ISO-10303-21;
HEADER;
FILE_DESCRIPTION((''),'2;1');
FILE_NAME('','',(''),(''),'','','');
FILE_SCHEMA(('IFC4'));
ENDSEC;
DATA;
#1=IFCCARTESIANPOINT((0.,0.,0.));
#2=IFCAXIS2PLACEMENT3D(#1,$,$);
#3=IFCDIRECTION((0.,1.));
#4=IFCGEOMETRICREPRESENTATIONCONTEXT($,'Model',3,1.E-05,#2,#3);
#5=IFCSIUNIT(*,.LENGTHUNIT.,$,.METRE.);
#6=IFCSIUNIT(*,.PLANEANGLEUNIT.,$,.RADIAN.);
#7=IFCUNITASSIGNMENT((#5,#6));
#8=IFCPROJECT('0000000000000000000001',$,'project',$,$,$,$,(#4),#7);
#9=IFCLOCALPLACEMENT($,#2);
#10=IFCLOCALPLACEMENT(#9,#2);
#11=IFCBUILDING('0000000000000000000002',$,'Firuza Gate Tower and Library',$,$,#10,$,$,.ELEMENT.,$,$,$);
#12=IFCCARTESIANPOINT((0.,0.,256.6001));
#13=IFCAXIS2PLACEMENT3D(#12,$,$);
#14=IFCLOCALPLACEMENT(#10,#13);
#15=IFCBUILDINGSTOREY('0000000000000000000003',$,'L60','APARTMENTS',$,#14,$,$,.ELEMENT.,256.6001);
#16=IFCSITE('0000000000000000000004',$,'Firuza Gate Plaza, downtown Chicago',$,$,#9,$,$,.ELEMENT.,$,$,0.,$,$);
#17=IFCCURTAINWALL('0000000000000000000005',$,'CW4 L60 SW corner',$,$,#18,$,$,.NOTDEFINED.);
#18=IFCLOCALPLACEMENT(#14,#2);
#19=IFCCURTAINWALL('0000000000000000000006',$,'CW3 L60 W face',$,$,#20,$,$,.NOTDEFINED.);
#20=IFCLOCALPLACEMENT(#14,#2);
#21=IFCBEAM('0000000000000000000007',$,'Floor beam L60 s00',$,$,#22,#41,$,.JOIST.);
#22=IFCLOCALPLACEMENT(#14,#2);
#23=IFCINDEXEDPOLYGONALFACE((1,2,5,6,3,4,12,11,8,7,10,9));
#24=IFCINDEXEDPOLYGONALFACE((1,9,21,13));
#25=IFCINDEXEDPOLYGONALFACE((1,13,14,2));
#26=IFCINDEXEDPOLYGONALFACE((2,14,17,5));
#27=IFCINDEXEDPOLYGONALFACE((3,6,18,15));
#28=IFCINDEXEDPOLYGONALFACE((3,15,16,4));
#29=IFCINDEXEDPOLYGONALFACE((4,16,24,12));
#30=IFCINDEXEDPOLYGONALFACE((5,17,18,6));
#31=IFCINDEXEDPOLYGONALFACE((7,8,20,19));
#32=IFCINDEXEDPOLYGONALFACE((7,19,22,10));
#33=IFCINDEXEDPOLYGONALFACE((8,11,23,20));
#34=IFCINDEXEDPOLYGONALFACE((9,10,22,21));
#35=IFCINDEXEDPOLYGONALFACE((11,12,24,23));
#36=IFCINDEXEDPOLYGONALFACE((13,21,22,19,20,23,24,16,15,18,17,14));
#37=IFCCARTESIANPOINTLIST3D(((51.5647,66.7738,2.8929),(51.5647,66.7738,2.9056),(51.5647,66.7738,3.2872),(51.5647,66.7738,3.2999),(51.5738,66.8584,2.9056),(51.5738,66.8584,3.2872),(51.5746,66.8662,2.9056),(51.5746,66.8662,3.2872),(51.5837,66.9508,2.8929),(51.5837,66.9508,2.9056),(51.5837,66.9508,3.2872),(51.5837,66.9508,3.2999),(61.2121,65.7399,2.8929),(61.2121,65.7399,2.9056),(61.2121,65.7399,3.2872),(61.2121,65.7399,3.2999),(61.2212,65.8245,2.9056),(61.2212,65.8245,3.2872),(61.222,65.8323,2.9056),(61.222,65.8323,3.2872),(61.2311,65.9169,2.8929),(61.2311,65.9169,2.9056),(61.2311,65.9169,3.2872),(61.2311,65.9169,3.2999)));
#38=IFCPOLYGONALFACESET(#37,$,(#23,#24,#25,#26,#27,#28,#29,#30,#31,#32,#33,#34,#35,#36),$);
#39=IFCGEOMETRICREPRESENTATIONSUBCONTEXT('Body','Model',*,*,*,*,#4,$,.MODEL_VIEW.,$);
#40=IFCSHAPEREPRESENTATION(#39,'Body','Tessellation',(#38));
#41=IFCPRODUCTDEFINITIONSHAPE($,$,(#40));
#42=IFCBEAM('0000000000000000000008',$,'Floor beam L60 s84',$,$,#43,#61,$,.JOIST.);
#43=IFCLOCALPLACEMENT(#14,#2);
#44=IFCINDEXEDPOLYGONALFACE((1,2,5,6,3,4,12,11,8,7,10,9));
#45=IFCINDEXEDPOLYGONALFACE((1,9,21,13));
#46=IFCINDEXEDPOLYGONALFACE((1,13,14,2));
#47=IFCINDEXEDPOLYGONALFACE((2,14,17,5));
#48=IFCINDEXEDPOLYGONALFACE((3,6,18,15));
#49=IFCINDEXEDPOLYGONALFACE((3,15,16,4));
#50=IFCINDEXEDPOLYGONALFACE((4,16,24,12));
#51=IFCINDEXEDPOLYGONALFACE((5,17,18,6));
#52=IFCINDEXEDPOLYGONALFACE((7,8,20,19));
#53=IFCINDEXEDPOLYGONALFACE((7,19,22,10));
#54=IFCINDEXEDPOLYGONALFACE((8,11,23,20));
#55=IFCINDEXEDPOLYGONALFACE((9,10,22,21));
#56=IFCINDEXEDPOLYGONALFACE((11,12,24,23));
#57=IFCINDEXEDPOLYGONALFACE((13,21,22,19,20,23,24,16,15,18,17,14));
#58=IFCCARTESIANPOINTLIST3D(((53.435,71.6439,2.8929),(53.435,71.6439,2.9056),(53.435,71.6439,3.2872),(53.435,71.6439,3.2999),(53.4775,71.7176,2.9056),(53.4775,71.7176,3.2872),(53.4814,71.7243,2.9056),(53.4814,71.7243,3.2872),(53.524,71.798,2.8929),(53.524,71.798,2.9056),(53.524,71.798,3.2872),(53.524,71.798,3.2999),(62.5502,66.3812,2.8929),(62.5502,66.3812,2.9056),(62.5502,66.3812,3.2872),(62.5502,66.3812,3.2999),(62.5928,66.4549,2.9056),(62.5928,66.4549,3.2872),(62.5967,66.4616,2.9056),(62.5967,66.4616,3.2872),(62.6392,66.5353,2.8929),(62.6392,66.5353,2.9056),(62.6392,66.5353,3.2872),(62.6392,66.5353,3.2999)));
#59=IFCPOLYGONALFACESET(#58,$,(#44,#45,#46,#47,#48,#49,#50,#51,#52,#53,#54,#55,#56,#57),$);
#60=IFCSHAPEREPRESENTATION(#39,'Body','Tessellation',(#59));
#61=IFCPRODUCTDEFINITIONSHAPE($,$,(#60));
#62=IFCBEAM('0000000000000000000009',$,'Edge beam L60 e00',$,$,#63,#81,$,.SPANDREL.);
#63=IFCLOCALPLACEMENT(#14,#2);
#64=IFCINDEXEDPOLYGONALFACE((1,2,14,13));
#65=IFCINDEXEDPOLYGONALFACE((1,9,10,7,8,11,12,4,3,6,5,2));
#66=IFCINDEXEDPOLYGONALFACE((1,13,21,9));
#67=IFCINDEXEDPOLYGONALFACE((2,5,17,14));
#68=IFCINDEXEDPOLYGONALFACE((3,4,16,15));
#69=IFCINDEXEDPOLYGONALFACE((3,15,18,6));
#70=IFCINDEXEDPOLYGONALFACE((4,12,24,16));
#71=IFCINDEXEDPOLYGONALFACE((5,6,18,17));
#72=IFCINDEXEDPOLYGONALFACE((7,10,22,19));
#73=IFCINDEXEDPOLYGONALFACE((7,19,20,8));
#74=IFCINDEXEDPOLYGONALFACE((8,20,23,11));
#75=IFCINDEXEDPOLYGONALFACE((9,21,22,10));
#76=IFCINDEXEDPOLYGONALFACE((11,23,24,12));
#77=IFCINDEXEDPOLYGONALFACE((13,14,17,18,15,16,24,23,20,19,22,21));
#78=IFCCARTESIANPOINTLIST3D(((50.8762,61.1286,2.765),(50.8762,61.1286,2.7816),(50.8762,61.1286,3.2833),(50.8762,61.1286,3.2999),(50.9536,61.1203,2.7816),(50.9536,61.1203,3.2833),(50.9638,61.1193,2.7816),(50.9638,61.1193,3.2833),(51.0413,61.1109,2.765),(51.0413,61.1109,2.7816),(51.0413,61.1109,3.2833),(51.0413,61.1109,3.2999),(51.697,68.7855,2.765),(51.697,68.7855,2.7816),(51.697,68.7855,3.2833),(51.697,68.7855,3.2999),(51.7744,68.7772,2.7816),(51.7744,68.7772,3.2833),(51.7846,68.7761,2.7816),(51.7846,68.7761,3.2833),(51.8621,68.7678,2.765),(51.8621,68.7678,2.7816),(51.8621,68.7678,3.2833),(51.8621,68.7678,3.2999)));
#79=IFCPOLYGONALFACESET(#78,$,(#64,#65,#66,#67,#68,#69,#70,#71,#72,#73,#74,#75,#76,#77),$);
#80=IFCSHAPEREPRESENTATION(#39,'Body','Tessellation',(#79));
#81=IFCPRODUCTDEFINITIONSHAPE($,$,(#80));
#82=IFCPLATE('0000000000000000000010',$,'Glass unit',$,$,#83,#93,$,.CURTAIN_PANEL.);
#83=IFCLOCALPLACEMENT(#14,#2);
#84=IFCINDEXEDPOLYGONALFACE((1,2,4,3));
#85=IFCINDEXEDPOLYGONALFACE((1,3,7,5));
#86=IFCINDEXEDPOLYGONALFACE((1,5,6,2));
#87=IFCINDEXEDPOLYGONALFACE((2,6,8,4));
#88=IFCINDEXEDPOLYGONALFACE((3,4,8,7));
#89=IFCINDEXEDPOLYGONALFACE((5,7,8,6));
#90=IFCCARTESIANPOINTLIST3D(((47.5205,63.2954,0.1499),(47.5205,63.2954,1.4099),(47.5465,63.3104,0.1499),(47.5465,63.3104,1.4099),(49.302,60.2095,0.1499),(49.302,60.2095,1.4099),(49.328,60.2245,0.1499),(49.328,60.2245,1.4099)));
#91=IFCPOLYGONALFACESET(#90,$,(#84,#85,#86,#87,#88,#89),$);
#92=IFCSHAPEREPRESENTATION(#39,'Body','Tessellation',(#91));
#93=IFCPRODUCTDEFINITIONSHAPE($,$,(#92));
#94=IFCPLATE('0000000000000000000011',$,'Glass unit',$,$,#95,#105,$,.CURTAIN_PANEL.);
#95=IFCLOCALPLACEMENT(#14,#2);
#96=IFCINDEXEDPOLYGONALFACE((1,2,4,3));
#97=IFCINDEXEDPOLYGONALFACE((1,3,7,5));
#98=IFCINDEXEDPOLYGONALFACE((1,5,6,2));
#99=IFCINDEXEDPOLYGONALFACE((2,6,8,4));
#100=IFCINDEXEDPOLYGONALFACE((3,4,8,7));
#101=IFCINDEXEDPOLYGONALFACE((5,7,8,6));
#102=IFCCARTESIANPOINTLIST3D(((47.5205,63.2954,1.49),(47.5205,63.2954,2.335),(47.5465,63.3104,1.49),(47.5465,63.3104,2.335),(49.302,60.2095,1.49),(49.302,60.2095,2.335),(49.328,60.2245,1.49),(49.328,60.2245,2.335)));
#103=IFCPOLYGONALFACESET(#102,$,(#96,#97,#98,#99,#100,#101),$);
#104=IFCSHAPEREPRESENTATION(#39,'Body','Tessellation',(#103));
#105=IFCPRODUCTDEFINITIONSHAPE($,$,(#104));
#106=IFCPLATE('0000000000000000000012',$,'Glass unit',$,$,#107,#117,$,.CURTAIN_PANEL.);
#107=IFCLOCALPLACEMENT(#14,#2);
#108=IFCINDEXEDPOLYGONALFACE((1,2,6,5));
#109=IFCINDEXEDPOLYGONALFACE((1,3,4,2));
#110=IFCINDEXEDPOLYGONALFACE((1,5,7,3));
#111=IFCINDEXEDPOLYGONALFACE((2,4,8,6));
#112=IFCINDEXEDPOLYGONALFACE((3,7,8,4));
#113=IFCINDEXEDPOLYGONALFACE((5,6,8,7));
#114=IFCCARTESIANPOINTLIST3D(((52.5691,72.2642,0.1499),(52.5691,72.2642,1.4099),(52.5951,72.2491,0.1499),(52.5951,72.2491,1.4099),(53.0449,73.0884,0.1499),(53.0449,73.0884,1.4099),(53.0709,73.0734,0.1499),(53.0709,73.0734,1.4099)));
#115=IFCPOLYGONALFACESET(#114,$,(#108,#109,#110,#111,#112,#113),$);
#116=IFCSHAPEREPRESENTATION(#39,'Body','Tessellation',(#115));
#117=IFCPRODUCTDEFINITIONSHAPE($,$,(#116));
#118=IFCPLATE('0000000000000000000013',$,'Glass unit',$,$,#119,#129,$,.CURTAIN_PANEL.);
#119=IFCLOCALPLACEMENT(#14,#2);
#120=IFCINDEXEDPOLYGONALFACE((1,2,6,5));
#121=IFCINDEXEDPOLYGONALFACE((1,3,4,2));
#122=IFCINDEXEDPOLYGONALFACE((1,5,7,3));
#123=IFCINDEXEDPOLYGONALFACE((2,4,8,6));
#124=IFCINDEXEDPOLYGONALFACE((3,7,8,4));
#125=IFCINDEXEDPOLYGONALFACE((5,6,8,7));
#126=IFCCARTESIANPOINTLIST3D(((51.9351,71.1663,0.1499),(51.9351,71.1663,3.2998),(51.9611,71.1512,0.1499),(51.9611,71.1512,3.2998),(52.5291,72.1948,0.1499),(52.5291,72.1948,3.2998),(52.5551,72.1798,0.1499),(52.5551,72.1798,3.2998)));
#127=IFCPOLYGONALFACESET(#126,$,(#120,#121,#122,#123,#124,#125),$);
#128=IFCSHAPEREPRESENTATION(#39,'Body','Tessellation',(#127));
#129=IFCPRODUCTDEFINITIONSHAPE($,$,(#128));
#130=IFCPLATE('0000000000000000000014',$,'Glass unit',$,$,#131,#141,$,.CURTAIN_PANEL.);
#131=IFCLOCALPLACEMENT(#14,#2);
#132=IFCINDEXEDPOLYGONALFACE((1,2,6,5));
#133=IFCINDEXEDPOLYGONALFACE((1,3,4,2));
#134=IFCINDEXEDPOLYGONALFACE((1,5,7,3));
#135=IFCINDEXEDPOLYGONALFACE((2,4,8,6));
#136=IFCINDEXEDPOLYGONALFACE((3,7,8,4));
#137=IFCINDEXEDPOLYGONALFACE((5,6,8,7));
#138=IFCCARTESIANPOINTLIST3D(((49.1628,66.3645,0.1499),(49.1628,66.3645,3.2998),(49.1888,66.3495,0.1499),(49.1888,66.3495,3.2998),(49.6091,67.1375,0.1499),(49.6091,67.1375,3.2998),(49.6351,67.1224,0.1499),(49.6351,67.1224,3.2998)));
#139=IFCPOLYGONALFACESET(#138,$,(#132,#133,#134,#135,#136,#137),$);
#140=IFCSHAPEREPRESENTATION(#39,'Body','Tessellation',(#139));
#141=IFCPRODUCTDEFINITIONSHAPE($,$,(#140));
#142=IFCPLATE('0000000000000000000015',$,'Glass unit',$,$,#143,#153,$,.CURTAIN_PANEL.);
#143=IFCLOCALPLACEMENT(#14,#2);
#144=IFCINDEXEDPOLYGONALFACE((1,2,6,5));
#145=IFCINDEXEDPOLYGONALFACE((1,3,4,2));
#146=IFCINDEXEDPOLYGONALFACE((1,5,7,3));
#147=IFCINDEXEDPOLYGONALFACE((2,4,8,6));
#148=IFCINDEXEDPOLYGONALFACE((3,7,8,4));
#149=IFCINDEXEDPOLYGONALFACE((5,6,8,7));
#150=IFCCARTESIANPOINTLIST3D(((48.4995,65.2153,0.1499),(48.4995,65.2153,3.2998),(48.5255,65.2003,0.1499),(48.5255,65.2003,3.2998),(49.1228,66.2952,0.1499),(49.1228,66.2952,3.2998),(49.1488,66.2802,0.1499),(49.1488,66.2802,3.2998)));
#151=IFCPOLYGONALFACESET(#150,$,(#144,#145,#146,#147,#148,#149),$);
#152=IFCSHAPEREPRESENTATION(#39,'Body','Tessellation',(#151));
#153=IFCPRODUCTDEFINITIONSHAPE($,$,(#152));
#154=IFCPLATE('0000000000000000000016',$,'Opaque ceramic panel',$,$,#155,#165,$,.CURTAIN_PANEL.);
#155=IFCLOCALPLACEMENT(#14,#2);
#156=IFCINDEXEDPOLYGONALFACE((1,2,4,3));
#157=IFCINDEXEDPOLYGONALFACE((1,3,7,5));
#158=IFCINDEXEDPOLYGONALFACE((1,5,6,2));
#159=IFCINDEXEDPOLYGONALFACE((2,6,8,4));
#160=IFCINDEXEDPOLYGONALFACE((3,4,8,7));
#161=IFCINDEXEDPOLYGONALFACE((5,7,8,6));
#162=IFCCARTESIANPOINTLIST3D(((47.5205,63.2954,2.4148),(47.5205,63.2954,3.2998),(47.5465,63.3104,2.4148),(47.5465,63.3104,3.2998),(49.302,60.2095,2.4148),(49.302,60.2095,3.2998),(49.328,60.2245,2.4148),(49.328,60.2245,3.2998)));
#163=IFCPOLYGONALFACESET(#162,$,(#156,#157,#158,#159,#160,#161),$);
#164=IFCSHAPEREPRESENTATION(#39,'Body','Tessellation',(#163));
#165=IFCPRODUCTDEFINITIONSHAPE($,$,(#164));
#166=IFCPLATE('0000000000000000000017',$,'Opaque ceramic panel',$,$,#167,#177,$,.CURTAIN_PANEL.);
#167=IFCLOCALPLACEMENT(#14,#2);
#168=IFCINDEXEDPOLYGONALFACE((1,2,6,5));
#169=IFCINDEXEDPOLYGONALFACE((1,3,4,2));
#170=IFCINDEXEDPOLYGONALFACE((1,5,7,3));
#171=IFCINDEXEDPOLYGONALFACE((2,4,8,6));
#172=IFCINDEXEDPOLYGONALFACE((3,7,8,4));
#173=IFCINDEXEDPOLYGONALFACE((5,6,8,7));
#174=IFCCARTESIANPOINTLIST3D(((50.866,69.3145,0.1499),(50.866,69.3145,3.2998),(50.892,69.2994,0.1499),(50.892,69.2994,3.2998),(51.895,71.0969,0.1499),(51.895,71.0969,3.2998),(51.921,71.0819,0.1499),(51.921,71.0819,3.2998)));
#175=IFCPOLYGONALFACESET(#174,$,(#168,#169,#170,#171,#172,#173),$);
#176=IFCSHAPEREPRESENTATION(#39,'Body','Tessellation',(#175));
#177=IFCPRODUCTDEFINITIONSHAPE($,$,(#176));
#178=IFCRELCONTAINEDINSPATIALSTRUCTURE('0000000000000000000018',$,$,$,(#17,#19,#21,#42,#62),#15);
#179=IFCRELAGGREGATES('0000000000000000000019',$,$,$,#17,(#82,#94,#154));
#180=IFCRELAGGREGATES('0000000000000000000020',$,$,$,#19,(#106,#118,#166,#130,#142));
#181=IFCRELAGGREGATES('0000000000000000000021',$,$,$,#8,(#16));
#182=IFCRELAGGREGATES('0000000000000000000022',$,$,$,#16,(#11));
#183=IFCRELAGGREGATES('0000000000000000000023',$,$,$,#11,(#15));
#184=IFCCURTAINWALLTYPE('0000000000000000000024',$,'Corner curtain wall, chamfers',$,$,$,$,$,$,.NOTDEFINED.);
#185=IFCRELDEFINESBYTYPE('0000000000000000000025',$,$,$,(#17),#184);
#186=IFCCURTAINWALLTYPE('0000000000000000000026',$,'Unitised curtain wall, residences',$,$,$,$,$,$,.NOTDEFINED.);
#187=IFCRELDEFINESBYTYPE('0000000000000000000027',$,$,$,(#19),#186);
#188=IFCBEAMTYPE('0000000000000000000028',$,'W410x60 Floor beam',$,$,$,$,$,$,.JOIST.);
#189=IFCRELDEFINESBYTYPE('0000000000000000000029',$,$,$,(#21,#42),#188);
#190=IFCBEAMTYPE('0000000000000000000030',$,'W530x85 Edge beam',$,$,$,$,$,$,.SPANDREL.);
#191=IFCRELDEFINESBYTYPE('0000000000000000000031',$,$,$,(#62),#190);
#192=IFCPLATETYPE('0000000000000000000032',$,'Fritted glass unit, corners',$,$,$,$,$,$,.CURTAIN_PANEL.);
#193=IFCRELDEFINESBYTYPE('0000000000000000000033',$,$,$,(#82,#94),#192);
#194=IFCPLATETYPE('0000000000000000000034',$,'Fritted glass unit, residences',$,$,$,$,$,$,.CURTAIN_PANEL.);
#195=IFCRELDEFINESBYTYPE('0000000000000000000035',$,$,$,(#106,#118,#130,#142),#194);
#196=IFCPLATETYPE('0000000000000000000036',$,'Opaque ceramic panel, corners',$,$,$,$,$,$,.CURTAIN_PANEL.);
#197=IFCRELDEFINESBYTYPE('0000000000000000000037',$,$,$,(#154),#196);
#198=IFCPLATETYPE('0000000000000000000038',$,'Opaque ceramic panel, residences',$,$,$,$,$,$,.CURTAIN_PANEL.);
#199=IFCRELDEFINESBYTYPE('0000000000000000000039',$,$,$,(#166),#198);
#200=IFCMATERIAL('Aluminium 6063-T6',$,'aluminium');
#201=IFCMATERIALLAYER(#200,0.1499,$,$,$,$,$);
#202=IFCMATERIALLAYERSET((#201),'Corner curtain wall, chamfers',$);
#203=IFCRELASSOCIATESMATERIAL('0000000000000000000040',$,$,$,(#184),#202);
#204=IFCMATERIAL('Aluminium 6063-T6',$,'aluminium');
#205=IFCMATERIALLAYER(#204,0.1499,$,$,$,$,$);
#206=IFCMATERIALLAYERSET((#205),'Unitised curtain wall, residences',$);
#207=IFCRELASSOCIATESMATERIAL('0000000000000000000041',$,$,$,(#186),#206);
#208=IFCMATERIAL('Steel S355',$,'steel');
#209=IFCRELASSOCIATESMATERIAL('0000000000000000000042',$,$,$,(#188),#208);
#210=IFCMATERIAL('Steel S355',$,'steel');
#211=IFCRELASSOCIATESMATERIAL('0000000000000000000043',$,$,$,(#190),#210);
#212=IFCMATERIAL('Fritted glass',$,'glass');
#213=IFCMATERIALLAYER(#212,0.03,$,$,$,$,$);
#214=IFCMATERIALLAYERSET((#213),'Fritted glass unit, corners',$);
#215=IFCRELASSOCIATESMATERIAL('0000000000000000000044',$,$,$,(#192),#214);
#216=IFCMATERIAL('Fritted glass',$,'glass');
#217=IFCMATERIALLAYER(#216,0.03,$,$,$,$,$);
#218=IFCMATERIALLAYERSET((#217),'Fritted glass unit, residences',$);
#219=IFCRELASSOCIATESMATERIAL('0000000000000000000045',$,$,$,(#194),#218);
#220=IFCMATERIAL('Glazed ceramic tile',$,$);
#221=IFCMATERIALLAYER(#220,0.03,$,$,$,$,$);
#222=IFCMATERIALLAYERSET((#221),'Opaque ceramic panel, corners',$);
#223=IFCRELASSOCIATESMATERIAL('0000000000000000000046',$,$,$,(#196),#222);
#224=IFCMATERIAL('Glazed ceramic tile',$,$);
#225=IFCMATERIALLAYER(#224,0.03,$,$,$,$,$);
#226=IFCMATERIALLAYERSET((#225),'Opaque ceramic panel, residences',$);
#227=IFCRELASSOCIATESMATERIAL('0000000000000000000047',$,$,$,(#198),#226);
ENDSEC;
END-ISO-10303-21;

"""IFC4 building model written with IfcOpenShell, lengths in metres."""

from ifc_helpers import new_model, si_unit, direction, frame, origin, origin_2d, place, context, subcontext, project, spatial, polyline, i_section, outline, extrude, material, layer, layer_set, material_profile, profile_set, type_object, element, aggregate, save


model = new_model("IFC4")

# Units and contexts
model_context = context("Model", 3, precision=1e-05, world=origin(), true_north=direction((0.0, 1.0)))
body_context = subcontext(model_context, "Body", "Model", "MODEL_VIEW")
ifc_project = project(units=[si_unit("LENGTHUNIT", "METRE"), si_unit("PLANEANGLEUNIT", "RADIAN")], contexts=[model_context])

# Site, building, storey
site_placement = place(None, origin())
site = spatial("IfcSite", under=ifc_project, at=site_placement, Name="Firuza Gate Plaza, downtown Chicago", CompositionType="ELEMENT", RefElevation=0.0)
building_placement = place(site_placement, origin())
building = spatial("IfcBuilding", under=site, at=building_placement, Name="Firuza Gate Tower and Library", CompositionType="ELEMENT")
storey_placement = place(building_placement, frame((0.0, 0.0, 256.6001)))
storey = spatial("IfcBuildingStorey", under=building, at=storey_placement, Name="L60", Description="APARTMENTS", CompositionType="ELEMENT", Elevation=256.6001)

# Curtain wall
ifc_material_1 = material(Name="Aluminium 6063-T6", Category="aluminium")
ifc_layer_1 = layer(ifc_material_1, 0.1499)
ifc_layer_set_1 = layer_set([ifc_layer_1], Name="Corner curtain wall, chamfers")
curtain_wall_type_1 = type_object("IfcCurtainWallType", Name="Corner curtain wall, chamfers", PredefinedType="NOTDEFINED", material=ifc_layer_set_1)
placement = place(storey_placement, origin())
curtain_wall_1 = element("IfcCurtainWall", 1, at=placement, inside=storey, type_object=curtain_wall_type_1, Name="CW4 L60 SW corner", PredefinedType="NOTDEFINED")

# Curtain wall
ifc_material_2 = material(Name="Aluminium 6063-T6", Category="aluminium")
ifc_layer_2 = layer(ifc_material_2, 0.1499)
ifc_layer_set_2 = layer_set([ifc_layer_2], Name="Unitised curtain wall, residences")
curtain_wall_type_2 = type_object("IfcCurtainWallType", Name="Unitised curtain wall, residences", PredefinedType="NOTDEFINED", material=ifc_layer_set_2)
curtain_wall_2 = element("IfcCurtainWall", 2, at=placement, inside=storey, type_object=curtain_wall_type_2, Name="CW3 L60 W face", PredefinedType="NOTDEFINED")

# Beams
ifc_material_3 = material(Name="Steel S355", Category="steel")
ifc_material_profile_1 = material_profile(ifc_material_3, i_section(OverallWidth=0.178, OverallDepth=0.407, WebThickness=0.0078, FlangeThickness=0.0127, at=origin_2d()))
ifc_profile_set_1 = profile_set([ifc_material_profile_1], Name="Steel S355")
beam_type_1 = type_object("IfcBeamType", Name="W410x60 Floor beam", PredefinedType="JOIST", material=ifc_profile_set_1)
beam_1_placement = place(storey_placement, frame((51.5742, 66.8623, 3.0964), z_axis=(0.994306, -0.106562, 0.0), x_axis=(0.106562, 0.994306, 0.0)))
element("IfcBeam", 3, at=beam_1_placement, inside=storey, type_object=beam_type_1, Name="Floor beam L60 s00", PredefinedType="JOIST", context=body_context, shape_type="SweptSolid", body=[
    extrude(i_section(OverallWidth=0.178, OverallDepth=0.407, WebThickness=0.0078, FlangeThickness=0.0127, at=origin_2d()), origin(), (0.0, 0.0, 1.0), 9.7026),
])
beam_2_placement = place(storey_placement, frame((53.4795, 71.7209, 3.0964), z_axis=(0.866025, -0.500001, 0.0), x_axis=(0.500001, 0.866025, 0.0)))
element("IfcBeam", 4, at=beam_2_placement, inside=storey, type_object=beam_type_1, Name="Floor beam L60 s84", PredefinedType="JOIST", context=body_context, shape_type="SweptSolid", body=[
    extrude(i_section(OverallWidth=0.178, OverallDepth=0.407, WebThickness=0.0078, FlangeThickness=0.0127, at=origin_2d()), origin(), (0.0, 0.0, 1.0), 10.5254),
])
ifc_material_4 = material(Name="Steel S355", Category="steel")
ifc_material_profile_2 = material_profile(ifc_material_4, i_section(OverallWidth=0.166, OverallDepth=0.5349, WebThickness=0.0103, FlangeThickness=0.0166, at=origin_2d()))
ifc_profile_set_2 = profile_set([ifc_material_profile_2], Name="Steel S355")
beam_type_2 = type_object("IfcBeamType", Name="W530x85 Edge beam", PredefinedType="SPANDREL", material=ifc_profile_set_2)
beam_3_placement = place(storey_placement, frame((51.7795, 68.7766, 3.0325), z_axis=(-0.106589, -0.994303, 0.0), x_axis=(0.994303, -0.106589, 0.0)))
element("IfcBeam", 5, at=beam_3_placement, inside=storey, type_object=beam_type_2, Name="Edge beam L60 e00", PredefinedType="SPANDREL", context=body_context, shape_type="SweptSolid", body=[
    extrude(i_section(OverallWidth=0.166, OverallDepth=0.5349, WebThickness=0.0103, FlangeThickness=0.0166, at=origin_2d()), origin(), (0.0, 0.0, 1.0), 7.7007),
])

# Plates
ifc_material_5 = material(Name="Fritted glass", Category="glass")
ifc_layer_3 = layer(ifc_material_5, 0.03)
ifc_layer_set_3 = layer_set([ifc_layer_3], Name="Fritted glass unit, corners")
plate_type_1 = type_object("IfcPlateType", Name="Fritted glass unit, corners", PredefinedType="CURTAIN_PANEL", material=ifc_layer_set_3)
plate_1_placement = place(storey_placement, frame((47.5205, 63.2954, 0.1499), z_axis=(-0.866046, -0.499964, 0.0), x_axis=(0.499964, -0.866046, 0.0)))
plate_1 = element("IfcPlate", 6, at=plate_1_placement, type_object=plate_type_1, Name="Glass unit", PredefinedType="CURTAIN_PANEL", context=body_context, shape_type="SweptSolid", body=[
    extrude(outline(polyline([(0.0, 0.0), (3.5632, 0.0), (3.5632, 1.26), (0.0, 1.26), (0.0, 0.0)])), origin(), (0.0, 0.0, -1.0), 0.03),
])
plate_2_placement = place(storey_placement, frame((47.5205, 63.2954, 1.49), z_axis=(-0.866046, -0.499964, 0.0), x_axis=(0.499964, -0.866046, 0.0)))
plate_2 = element("IfcPlate", 7, at=plate_2_placement, type_object=plate_type_1, Name="Glass unit", PredefinedType="CURTAIN_PANEL", context=body_context, shape_type="SweptSolid", body=[
    extrude(outline(polyline([(0.0, 0.0), (3.5632, 0.0), (3.5632, 0.845), (0.0, 0.845), (0.0, 0.0)])), origin(), (0.0, 0.0, -1.0), 0.03),
])
ifc_material_6 = material(Name="Fritted glass", Category="glass")
ifc_layer_4 = layer(ifc_material_6, 0.03)
ifc_layer_set_4 = layer_set([ifc_layer_4], Name="Fritted glass unit, residences")
plate_type_2 = type_object("IfcPlateType", Name="Fritted glass unit, residences", PredefinedType="CURTAIN_PANEL", material=ifc_layer_set_4)
plate_3_placement = place(storey_placement, frame((53.0449, 73.0884, 0.1499), z_axis=(-0.86604, 0.499974, 0.0), x_axis=(-0.499974, -0.86604, 0.0)))
plate_3 = element("IfcPlate", 8, at=plate_3_placement, type_object=plate_type_2, Name="Glass unit", PredefinedType="CURTAIN_PANEL", context=body_context, shape_type="SweptSolid", body=[
    extrude(outline(polyline([(0.0, 0.0), (0.9517, 0.0), (0.9517, 1.26), (0.0, 1.26), (0.0, 0.0)])), origin(), (0.0, 0.0, -1.0), 0.03),
])
plate_4_placement = place(storey_placement, frame((52.5291, 72.1948, 0.1499), z_axis=(-0.86597, 0.500096, 0.0), x_axis=(-0.500096, -0.86597, 0.0)))
plate_4 = element("IfcPlate", 9, at=plate_4_placement, type_object=plate_type_2, Name="Glass unit", PredefinedType="CURTAIN_PANEL", context=body_context, shape_type="SweptSolid", body=[
    extrude(outline(polyline([(0.0, 0.0), (1.1878, 0.0), (1.1878, 3.1499), (0.0, 3.1499), (0.0, 0.0)])), origin(), (0.0, 0.0, -1.0), 0.03),
])
plate_5_placement = place(storey_placement, frame((49.6091, 67.1375, 0.1499), z_axis=(-0.866012, 0.500022, 0.0), x_axis=(-0.500022, -0.866012, 0.0)))
plate_5 = element("IfcPlate", 10, at=plate_5_placement, type_object=plate_type_2, Name="Glass unit", PredefinedType="CURTAIN_PANEL", context=body_context, shape_type="SweptSolid", body=[
    extrude(outline(polyline([(0.0, 0.0), (0.8925, 0.0), (0.8925, 3.1499), (0.0, 3.1499), (0.0, 0.0)])), origin(), (0.0, 0.0, -1.0), 0.03),
])
plate_6_placement = place(storey_placement, frame((49.1228, 66.2952, 0.1499), z_axis=(-0.866078, 0.499909, 0.0), x_axis=(-0.499909, -0.866078, 0.0)))
plate_6 = element("IfcPlate", 11, at=plate_6_placement, type_object=plate_type_2, Name="Glass unit", PredefinedType="CURTAIN_PANEL", context=body_context, shape_type="SweptSolid", body=[
    extrude(outline(polyline([(0.0, 0.0), (1.2468, 0.0), (1.2468, 3.1499), (0.0, 3.1499), (0.0, 0.0)])), origin(), (0.0, 0.0, -1.0), 0.03),
])
ifc_material_7 = material(Name="Glazed ceramic tile")
ifc_layer_5 = layer(ifc_material_7, 0.03)
ifc_layer_set_5 = layer_set([ifc_layer_5], Name="Opaque ceramic panel, corners")
plate_type_3 = type_object("IfcPlateType", Name="Opaque ceramic panel, corners", PredefinedType="CURTAIN_PANEL", material=ifc_layer_set_5)
plate_7_placement = place(storey_placement, frame((47.5205, 63.2954, 2.4148), z_axis=(-0.866046, -0.499964, 0.0), x_axis=(0.499964, -0.866046, 0.0)))
plate_7 = element("IfcPlate", 12, at=plate_7_placement, type_object=plate_type_3, Name="Opaque ceramic panel", PredefinedType="CURTAIN_PANEL", context=body_context, shape_type="SweptSolid", body=[
    extrude(outline(polyline([(0.0, 0.0), (3.5632, 0.0), (3.5632, 0.885), (0.0, 0.885), (0.0, 0.0)])), origin(), (0.0, 0.0, -1.0), 0.03),
])
aggregate(curtain_wall_1, [plate_1, plate_2, plate_7])
ifc_material_8 = material(Name="Glazed ceramic tile")
ifc_layer_6 = layer(ifc_material_8, 0.03)
ifc_layer_set_6 = layer_set([ifc_layer_6], Name="Opaque ceramic panel, residences")
plate_type_4 = type_object("IfcPlateType", Name="Opaque ceramic panel, residences", PredefinedType="CURTAIN_PANEL", material=ifc_layer_set_6)
plate_8_placement = place(storey_placement, frame((51.895, 71.0969, 0.1499), z_axis=(-0.866037, 0.499979, 0.0), x_axis=(-0.499979, -0.866037, 0.0)))
plate_8 = element("IfcPlate", 13, at=plate_8_placement, type_object=plate_type_4, Name="Opaque ceramic panel", PredefinedType="CURTAIN_PANEL", context=body_context, shape_type="SweptSolid", body=[
    extrude(outline(polyline([(0.0, 0.0), (2.0582, 0.0), (2.0582, 3.1499), (0.0, 3.1499), (0.0, 0.0)])), origin(), (0.0, 0.0, -1.0), 0.03),
])
aggregate(curtain_wall_2, [plate_3, plate_4, plate_8, plate_5, plate_6])

save(model, "model.ifc")
